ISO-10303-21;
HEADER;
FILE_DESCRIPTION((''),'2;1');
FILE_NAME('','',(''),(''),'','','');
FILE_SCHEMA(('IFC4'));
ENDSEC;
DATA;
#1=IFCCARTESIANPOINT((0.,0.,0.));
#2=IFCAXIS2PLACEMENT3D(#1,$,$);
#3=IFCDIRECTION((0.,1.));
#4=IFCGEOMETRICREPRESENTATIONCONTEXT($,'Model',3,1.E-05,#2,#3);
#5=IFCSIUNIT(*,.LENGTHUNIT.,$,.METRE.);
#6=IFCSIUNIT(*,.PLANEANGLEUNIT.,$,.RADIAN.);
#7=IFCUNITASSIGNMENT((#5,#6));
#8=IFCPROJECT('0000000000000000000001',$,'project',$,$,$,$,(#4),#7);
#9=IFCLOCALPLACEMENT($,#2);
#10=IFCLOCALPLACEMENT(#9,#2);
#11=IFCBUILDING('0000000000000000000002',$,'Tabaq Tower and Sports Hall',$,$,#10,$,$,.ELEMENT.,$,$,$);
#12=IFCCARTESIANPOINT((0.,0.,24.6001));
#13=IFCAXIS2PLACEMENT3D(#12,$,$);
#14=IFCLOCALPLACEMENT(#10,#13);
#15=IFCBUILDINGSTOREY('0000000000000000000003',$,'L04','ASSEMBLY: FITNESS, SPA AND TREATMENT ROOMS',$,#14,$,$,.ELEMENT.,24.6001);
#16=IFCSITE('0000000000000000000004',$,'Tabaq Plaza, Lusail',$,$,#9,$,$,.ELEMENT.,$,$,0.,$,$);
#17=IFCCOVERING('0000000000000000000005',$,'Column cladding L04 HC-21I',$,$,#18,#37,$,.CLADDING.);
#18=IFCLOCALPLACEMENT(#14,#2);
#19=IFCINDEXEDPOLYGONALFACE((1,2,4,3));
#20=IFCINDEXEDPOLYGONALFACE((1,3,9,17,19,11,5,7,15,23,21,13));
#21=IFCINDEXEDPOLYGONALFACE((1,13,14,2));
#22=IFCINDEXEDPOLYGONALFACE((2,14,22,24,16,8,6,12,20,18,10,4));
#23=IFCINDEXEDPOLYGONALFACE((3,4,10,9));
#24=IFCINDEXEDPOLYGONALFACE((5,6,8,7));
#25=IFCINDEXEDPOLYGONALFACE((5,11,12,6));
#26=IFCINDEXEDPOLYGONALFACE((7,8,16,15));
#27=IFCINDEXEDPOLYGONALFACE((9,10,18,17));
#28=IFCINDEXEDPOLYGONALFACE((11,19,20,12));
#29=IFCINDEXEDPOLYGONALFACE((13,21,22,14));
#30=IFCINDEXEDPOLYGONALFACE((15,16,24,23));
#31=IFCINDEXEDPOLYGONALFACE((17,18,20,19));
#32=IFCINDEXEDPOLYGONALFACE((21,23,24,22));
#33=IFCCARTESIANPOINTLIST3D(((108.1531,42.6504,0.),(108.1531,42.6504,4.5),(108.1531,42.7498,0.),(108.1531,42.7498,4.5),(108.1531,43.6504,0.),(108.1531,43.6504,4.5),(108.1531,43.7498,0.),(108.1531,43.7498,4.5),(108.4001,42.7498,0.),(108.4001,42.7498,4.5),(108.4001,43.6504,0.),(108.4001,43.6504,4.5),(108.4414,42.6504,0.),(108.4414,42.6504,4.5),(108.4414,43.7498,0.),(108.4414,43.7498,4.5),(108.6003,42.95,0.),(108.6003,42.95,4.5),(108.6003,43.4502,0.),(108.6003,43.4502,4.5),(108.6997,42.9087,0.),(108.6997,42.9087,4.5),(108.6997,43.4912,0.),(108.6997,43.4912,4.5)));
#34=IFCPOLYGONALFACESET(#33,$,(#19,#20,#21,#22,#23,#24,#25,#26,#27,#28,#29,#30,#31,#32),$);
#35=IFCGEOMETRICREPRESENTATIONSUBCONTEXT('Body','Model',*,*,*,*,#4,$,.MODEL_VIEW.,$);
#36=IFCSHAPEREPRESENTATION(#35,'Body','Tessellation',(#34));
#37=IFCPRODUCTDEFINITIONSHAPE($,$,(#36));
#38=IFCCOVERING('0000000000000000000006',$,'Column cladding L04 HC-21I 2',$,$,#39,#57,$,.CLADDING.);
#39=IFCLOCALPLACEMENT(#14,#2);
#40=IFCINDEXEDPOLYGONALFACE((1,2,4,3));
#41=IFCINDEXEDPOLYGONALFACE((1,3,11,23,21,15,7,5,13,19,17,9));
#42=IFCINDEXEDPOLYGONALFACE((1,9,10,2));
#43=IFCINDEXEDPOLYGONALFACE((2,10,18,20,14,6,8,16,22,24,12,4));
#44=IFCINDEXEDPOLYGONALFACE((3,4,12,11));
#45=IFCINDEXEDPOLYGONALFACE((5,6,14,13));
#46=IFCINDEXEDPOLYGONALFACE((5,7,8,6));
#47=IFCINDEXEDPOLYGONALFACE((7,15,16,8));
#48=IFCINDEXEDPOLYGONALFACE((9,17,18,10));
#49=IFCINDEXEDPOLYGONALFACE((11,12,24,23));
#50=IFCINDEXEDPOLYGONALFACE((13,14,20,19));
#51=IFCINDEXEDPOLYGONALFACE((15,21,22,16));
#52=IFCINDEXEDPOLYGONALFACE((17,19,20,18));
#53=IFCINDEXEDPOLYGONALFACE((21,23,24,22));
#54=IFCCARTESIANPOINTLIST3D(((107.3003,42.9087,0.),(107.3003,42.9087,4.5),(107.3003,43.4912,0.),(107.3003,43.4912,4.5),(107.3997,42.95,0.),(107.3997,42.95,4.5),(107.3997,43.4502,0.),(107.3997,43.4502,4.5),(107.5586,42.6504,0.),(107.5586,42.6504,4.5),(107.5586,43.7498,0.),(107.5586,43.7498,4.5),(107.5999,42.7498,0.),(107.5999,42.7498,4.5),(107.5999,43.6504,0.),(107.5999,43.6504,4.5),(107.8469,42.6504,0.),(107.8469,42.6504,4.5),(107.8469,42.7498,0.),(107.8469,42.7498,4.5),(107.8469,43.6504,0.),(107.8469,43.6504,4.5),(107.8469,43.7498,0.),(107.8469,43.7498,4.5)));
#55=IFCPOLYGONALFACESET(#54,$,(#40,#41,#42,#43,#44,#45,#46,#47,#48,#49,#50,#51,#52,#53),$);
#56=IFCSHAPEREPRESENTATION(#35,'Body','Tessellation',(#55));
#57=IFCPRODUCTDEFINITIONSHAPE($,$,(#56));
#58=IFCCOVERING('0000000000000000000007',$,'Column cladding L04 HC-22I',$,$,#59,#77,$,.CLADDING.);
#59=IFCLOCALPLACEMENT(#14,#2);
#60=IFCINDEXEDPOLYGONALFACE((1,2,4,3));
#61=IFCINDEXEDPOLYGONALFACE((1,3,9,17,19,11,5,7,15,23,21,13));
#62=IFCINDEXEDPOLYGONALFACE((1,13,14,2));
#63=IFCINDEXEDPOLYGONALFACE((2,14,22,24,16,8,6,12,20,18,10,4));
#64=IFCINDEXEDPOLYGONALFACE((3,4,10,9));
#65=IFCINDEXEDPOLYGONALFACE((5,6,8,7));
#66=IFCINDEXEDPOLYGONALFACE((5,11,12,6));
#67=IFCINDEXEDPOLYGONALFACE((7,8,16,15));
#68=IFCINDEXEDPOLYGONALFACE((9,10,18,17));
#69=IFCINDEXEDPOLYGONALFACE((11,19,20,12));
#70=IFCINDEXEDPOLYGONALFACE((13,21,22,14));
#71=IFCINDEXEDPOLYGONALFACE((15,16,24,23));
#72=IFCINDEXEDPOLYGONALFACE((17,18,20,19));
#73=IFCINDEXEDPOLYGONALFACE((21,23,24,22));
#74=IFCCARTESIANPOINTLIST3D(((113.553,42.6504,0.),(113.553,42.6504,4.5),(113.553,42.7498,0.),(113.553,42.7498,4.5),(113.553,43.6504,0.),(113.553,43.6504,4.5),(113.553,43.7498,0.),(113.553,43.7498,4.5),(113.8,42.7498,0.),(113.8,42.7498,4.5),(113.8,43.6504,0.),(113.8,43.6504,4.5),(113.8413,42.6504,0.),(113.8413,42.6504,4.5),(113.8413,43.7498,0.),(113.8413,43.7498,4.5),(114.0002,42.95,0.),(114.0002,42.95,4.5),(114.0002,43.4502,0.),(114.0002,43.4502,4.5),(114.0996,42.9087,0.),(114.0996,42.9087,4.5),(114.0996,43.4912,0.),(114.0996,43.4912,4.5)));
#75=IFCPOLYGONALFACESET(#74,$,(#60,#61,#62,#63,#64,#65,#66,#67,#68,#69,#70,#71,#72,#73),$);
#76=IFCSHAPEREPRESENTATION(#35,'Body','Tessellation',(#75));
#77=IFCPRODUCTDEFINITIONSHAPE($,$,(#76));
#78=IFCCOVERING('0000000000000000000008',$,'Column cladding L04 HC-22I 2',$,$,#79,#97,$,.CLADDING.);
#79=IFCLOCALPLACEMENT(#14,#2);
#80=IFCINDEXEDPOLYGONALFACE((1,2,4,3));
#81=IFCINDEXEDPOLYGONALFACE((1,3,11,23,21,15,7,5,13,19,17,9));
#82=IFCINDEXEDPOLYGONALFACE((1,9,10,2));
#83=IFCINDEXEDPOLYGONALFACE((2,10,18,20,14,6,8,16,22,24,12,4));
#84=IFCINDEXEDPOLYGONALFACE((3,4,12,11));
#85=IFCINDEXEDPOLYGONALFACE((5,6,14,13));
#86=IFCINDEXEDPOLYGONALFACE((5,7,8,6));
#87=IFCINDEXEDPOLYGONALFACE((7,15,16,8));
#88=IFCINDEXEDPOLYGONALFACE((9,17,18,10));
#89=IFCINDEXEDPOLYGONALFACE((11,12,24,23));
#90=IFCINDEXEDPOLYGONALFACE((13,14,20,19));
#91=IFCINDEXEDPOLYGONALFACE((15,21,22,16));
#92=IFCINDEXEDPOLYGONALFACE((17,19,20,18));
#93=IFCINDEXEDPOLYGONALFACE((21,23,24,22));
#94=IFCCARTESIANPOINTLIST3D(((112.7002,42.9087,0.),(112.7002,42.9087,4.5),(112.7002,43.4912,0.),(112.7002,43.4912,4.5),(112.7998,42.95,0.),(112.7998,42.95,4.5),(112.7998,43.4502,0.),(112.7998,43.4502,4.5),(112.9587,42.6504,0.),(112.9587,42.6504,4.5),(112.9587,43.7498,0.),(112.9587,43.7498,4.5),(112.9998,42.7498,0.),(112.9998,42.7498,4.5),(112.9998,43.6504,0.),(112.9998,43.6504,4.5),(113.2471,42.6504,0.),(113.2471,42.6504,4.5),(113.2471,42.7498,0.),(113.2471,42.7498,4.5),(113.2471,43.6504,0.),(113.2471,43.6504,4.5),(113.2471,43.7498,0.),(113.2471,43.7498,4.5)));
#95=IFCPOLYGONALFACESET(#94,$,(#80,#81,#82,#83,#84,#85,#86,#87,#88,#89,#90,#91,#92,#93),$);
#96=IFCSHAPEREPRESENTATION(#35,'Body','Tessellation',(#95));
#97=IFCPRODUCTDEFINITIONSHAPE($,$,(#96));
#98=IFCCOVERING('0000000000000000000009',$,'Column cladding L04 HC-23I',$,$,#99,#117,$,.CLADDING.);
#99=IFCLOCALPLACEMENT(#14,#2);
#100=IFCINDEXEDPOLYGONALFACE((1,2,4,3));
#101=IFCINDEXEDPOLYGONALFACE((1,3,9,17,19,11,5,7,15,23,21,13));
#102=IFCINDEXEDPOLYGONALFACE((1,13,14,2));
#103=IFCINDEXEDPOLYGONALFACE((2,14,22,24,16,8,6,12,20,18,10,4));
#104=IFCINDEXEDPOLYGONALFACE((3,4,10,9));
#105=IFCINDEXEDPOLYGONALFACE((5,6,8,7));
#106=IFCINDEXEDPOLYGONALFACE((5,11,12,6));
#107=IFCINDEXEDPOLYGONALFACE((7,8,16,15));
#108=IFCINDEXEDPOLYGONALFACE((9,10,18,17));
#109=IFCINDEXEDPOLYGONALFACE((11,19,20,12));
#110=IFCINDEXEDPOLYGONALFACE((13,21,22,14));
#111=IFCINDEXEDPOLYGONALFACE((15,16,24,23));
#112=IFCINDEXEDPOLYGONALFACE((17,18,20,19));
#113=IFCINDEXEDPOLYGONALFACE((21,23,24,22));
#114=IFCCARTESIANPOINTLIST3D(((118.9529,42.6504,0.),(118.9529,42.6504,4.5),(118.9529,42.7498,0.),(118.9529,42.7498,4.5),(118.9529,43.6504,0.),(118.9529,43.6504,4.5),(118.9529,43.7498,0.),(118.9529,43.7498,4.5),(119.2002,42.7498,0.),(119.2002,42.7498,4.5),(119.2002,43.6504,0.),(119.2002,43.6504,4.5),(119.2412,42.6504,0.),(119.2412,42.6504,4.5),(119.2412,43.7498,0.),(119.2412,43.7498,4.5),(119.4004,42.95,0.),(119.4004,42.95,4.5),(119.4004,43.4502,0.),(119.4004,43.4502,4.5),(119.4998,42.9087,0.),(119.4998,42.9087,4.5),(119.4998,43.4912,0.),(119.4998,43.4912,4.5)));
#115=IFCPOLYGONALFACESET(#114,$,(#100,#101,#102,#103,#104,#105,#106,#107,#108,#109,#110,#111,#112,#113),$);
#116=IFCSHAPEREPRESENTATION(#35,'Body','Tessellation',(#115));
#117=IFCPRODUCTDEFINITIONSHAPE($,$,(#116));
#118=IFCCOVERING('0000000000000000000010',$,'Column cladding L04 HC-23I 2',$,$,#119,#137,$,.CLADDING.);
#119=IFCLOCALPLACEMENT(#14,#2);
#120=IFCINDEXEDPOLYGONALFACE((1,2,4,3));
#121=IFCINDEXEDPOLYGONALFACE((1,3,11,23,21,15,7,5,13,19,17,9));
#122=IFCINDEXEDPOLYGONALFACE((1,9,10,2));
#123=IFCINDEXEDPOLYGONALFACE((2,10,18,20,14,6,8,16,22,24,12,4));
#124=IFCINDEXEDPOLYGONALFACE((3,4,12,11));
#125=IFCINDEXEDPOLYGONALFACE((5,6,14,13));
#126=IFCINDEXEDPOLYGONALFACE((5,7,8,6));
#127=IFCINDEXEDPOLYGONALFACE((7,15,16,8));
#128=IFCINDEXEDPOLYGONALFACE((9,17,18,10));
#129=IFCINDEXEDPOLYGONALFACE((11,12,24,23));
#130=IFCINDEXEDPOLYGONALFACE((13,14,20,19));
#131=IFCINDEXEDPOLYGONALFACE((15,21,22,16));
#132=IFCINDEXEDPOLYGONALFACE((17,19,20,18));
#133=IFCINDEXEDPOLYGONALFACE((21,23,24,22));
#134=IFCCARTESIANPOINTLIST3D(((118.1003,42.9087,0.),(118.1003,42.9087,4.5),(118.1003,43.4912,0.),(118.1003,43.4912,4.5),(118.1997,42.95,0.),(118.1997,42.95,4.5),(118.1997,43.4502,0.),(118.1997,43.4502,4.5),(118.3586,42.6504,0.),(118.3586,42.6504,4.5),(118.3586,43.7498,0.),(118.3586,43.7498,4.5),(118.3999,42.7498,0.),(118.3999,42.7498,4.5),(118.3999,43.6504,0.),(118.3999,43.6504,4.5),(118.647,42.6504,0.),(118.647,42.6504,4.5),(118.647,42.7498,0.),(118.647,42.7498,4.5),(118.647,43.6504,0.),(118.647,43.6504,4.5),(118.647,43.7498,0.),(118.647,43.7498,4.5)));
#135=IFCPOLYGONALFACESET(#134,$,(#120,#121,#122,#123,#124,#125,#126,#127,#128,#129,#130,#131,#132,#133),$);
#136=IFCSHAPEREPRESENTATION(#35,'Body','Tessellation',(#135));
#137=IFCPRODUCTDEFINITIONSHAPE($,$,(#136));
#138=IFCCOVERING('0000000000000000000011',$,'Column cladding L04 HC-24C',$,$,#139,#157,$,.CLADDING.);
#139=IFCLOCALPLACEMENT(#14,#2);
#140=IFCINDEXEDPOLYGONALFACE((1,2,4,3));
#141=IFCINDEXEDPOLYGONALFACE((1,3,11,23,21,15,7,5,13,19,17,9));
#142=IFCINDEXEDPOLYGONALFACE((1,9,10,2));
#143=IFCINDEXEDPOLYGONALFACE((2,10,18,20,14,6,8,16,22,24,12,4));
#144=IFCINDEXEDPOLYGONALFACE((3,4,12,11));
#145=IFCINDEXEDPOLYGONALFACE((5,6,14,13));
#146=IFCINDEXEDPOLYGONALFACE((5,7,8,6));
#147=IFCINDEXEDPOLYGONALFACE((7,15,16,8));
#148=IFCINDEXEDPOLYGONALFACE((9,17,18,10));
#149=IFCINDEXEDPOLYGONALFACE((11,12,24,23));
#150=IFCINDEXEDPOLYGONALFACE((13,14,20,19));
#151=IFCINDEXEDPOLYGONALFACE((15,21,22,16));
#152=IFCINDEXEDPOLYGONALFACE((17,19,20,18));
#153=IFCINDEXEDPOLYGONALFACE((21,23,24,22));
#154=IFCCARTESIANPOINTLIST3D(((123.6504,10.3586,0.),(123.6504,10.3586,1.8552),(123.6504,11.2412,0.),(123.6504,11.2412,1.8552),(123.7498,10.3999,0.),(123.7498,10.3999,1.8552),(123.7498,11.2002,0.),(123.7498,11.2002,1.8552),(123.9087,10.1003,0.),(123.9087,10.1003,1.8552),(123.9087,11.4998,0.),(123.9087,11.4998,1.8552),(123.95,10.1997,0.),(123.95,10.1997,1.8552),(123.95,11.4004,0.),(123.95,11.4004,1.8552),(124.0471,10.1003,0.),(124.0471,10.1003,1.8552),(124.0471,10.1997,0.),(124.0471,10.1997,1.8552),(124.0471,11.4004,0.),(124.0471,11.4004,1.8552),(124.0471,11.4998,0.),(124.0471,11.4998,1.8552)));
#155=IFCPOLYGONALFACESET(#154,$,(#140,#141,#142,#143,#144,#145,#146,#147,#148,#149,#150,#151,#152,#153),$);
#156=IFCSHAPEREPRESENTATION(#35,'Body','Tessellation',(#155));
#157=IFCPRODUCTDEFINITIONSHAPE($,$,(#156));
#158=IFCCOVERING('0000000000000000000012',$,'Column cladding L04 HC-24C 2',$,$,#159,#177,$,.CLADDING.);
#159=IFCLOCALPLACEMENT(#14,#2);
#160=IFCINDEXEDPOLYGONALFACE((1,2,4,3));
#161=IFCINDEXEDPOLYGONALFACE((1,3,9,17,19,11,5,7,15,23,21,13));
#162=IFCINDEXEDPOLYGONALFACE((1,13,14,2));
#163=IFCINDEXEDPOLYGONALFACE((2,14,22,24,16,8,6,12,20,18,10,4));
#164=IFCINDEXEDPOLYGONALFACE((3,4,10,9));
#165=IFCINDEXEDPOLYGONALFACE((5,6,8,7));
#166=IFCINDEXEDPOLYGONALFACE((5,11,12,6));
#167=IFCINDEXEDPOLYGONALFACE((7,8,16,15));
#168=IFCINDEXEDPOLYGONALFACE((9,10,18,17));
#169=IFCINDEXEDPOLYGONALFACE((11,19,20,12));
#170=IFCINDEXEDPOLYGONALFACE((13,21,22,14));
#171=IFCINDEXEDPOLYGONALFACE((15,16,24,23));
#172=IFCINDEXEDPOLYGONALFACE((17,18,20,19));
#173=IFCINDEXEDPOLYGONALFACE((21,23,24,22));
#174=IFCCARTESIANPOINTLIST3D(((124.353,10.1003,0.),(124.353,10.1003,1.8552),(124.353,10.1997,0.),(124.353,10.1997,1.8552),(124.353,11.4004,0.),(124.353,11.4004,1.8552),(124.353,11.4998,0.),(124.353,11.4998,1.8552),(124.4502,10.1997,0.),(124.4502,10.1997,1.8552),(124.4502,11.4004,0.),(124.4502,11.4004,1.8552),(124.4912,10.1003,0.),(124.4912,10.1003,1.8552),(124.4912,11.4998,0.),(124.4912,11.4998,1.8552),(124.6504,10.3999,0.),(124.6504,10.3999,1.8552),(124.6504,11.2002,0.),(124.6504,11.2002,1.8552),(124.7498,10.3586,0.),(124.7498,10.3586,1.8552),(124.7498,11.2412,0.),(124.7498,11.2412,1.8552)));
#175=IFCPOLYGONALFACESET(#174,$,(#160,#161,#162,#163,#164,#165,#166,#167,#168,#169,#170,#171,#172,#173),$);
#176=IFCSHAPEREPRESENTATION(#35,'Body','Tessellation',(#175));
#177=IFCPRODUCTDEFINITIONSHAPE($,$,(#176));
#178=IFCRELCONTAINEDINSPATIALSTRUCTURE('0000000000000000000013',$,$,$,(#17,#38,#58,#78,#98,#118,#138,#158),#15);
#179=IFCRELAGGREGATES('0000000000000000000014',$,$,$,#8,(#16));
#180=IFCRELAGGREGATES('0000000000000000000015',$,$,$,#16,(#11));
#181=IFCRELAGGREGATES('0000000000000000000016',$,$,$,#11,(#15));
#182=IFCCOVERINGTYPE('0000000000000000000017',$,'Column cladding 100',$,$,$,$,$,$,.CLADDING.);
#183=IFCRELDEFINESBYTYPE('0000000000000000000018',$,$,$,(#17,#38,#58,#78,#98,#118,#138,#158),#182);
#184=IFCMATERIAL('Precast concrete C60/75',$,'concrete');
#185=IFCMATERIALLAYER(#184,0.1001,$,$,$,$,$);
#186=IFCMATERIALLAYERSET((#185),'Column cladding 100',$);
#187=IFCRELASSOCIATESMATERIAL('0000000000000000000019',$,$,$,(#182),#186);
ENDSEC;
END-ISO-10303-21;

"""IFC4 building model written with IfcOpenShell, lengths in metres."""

from ifc_helpers import new_model, si_unit, direction, frame, origin, place, context, subcontext, project, spatial, polyline, outline, extrude, material, layer, layer_set, type_object, element, save


model = new_model("IFC4")

# Units and contexts
model_context = context("Model", 3, precision=1e-05, world=origin(), true_north=direction((0.0, 1.0)))
body_context = subcontext(model_context, "Body", "Model", "MODEL_VIEW")
ifc_project = project(units=[si_unit("LENGTHUNIT", "METRE"), si_unit("PLANEANGLEUNIT", "RADIAN")], contexts=[model_context])

# Site, building, storey
site_placement = place(None, origin())
site = spatial("IfcSite", under=ifc_project, at=site_placement, Name="Tabaq Plaza, Lusail", CompositionType="ELEMENT", RefElevation=0.0)
building_placement = place(site_placement, origin())
building = spatial("IfcBuilding", under=site, at=building_placement, Name="Tabaq Tower and Sports Hall", CompositionType="ELEMENT")
storey_placement = place(building_placement, frame((0.0, 0.0, 24.6001)))
storey = spatial("IfcBuildingStorey", under=building, at=storey_placement, Name="L04", Description="ASSEMBLY: FITNESS, SPA AND TREATMENT ROOMS", CompositionType="ELEMENT", Elevation=24.6001)

# Coverings
ifc_material = material(Name="Precast concrete C60/75", Category="concrete")
ifc_layer = layer(ifc_material, 0.1001)
ifc_layer_set = layer_set([ifc_layer], Name="Column cladding 100")
covering_type = type_object("IfcCoveringType", Name="Column cladding 100", PredefinedType="CLADDING", material=ifc_layer_set)
covering_1_placement = place(storey_placement, origin())
element("IfcCovering", 1, at=covering_1_placement, inside=storey, type_object=covering_type, Name="Column cladding L04 HC-21I", PredefinedType="CLADDING", context=body_context, shape_type="SweptSolid", body=[
    extrude(outline(polyline([(108.4414, 43.7498), (108.6997, 43.4912), (108.6997, 42.9087), (108.4414, 42.6504), (108.1531, 42.6504), (108.1531, 42.7498), (108.4001, 42.7498), (108.6003, 42.95), (108.6003, 43.4502), (108.4001, 43.6504), (108.1531, 43.6504), (108.1531, 43.7498), (108.4414, 43.7498)])), origin(), (0.0, 0.0, 1.0), 4.5),
])
covering_2_placement = place(storey_placement, origin())
element("IfcCovering", 2, at=covering_2_placement, inside=storey, type_object=covering_type, Name="Column cladding L04 HC-21I 2", PredefinedType="CLADDING", context=body_context, shape_type="SweptSolid", body=[
    extrude(outline(polyline([(107.3003, 43.4912), (107.5586, 43.7498), (107.8469, 43.7498), (107.8469, 43.6504), (107.5999, 43.6504), (107.3997, 43.4502), (107.3997, 42.95), (107.5999, 42.7498), (107.8469, 42.7498), (107.8469, 42.6504), (107.5586, 42.6504), (107.3003, 42.9087), (107.3003, 43.4912)])), origin(), (0.0, 0.0, 1.0), 4.5),
])
covering_3_placement = place(storey_placement, origin())
element("IfcCovering", 3, at=covering_3_placement, inside=storey, type_object=covering_type, Name="Column cladding L04 HC-22I", PredefinedType="CLADDING", context=body_context, shape_type="SweptSolid", body=[
    extrude(outline(polyline([(113.8413, 43.7498), (114.0996, 43.4912), (114.0996, 42.9087), (113.8413, 42.6504), (113.553, 42.6504), (113.553, 42.7498), (113.8, 42.7498), (114.0002, 42.95), (114.0002, 43.4502), (113.8, 43.6504), (113.553, 43.6504), (113.553, 43.7498), (113.8413, 43.7498)])), origin(), (0.0, 0.0, 1.0), 4.5),
])
covering_4_placement = place(storey_placement, origin())
element("IfcCovering", 4, at=covering_4_placement, inside=storey, type_object=covering_type, Name="Column cladding L04 HC-22I 2", PredefinedType="CLADDING", context=body_context, shape_type="SweptSolid", body=[
    extrude(outline(polyline([(112.7002, 43.4912), (112.9587, 43.7498), (113.2471, 43.7498), (113.2471, 43.6504), (112.9998, 43.6504), (112.7998, 43.4502), (112.7998, 42.95), (112.9998, 42.7498), (113.2471, 42.7498), (113.2471, 42.6504), (112.9587, 42.6504), (112.7002, 42.9087), (112.7002, 43.4912)])), origin(), (0.0, 0.0, 1.0), 4.5),
])
covering_5_placement = place(storey_placement, origin())
element("IfcCovering", 5, at=covering_5_placement, inside=storey, type_object=covering_type, Name="Column cladding L04 HC-23I", PredefinedType="CLADDING", context=body_context, shape_type="SweptSolid", body=[
    extrude(outline(polyline([(119.2412, 43.7498), (119.4998, 43.4912), (119.4998, 42.9087), (119.2412, 42.6504), (118.9529, 42.6504), (118.9529, 42.7498), (119.2002, 42.7498), (119.4004, 42.95), (119.4004, 43.4502), (119.2002, 43.6504), (118.9529, 43.6504), (118.9529, 43.7498), (119.2412, 43.7498)])), origin(), (0.0, 0.0, 1.0), 4.5),
])
covering_6_placement = place(storey_placement, origin())
element("IfcCovering", 6, at=covering_6_placement, inside=storey, type_object=covering_type, Name="Column cladding L04 HC-23I 2", PredefinedType="CLADDING", context=body_context, shape_type="SweptSolid", body=[
    extrude(outline(polyline([(118.1003, 43.4912), (118.3586, 43.7498), (118.647, 43.7498), (118.647, 43.6504), (118.3999, 43.6504), (118.1997, 43.4502), (118.1997, 42.95), (118.3999, 42.7498), (118.647, 42.7498), (118.647, 42.6504), (118.3586, 42.6504), (118.1003, 42.9087), (118.1003, 43.4912)])), origin(), (0.0, 0.0, 1.0), 4.5),
])
covering_7_placement = place(storey_placement, origin())
element("IfcCovering", 7, at=covering_7_placement, inside=storey, type_object=covering_type, Name="Column cladding L04 HC-24C", PredefinedType="CLADDING", context=body_context, shape_type="SweptSolid", body=[
    extrude(outline(polyline([(123.9087, 10.1003), (123.6504, 10.3586), (123.6504, 11.2412), (123.9087, 11.4998), (124.0471, 11.4998), (124.0471, 11.4004), (123.95, 11.4004), (123.7498, 11.2002), (123.7498, 10.3999), (123.95, 10.1997), (124.0471, 10.1997), (124.0471, 10.1003), (123.9087, 10.1003)])), origin(), (0.0, 0.0, 1.0), 1.8552),
])
covering_8_placement = place(storey_placement, origin())
element("IfcCovering", 8, at=covering_8_placement, inside=storey, type_object=covering_type, Name="Column cladding L04 HC-24C 2", PredefinedType="CLADDING", context=body_context, shape_type="SweptSolid", body=[
    extrude(outline(polyline([(124.353, 10.1003), (124.353, 10.1997), (124.4502, 10.1997), (124.6504, 10.3999), (124.6504, 11.2002), (124.4502, 11.4004), (124.353, 11.4004), (124.353, 11.4998), (124.4912, 11.4998), (124.7498, 11.2412), (124.7498, 10.3586), (124.4912, 10.1003), (124.353, 10.1003)])), origin(), (0.0, 0.0, 1.0), 1.8552),
])

save(model, "model.ifc")
